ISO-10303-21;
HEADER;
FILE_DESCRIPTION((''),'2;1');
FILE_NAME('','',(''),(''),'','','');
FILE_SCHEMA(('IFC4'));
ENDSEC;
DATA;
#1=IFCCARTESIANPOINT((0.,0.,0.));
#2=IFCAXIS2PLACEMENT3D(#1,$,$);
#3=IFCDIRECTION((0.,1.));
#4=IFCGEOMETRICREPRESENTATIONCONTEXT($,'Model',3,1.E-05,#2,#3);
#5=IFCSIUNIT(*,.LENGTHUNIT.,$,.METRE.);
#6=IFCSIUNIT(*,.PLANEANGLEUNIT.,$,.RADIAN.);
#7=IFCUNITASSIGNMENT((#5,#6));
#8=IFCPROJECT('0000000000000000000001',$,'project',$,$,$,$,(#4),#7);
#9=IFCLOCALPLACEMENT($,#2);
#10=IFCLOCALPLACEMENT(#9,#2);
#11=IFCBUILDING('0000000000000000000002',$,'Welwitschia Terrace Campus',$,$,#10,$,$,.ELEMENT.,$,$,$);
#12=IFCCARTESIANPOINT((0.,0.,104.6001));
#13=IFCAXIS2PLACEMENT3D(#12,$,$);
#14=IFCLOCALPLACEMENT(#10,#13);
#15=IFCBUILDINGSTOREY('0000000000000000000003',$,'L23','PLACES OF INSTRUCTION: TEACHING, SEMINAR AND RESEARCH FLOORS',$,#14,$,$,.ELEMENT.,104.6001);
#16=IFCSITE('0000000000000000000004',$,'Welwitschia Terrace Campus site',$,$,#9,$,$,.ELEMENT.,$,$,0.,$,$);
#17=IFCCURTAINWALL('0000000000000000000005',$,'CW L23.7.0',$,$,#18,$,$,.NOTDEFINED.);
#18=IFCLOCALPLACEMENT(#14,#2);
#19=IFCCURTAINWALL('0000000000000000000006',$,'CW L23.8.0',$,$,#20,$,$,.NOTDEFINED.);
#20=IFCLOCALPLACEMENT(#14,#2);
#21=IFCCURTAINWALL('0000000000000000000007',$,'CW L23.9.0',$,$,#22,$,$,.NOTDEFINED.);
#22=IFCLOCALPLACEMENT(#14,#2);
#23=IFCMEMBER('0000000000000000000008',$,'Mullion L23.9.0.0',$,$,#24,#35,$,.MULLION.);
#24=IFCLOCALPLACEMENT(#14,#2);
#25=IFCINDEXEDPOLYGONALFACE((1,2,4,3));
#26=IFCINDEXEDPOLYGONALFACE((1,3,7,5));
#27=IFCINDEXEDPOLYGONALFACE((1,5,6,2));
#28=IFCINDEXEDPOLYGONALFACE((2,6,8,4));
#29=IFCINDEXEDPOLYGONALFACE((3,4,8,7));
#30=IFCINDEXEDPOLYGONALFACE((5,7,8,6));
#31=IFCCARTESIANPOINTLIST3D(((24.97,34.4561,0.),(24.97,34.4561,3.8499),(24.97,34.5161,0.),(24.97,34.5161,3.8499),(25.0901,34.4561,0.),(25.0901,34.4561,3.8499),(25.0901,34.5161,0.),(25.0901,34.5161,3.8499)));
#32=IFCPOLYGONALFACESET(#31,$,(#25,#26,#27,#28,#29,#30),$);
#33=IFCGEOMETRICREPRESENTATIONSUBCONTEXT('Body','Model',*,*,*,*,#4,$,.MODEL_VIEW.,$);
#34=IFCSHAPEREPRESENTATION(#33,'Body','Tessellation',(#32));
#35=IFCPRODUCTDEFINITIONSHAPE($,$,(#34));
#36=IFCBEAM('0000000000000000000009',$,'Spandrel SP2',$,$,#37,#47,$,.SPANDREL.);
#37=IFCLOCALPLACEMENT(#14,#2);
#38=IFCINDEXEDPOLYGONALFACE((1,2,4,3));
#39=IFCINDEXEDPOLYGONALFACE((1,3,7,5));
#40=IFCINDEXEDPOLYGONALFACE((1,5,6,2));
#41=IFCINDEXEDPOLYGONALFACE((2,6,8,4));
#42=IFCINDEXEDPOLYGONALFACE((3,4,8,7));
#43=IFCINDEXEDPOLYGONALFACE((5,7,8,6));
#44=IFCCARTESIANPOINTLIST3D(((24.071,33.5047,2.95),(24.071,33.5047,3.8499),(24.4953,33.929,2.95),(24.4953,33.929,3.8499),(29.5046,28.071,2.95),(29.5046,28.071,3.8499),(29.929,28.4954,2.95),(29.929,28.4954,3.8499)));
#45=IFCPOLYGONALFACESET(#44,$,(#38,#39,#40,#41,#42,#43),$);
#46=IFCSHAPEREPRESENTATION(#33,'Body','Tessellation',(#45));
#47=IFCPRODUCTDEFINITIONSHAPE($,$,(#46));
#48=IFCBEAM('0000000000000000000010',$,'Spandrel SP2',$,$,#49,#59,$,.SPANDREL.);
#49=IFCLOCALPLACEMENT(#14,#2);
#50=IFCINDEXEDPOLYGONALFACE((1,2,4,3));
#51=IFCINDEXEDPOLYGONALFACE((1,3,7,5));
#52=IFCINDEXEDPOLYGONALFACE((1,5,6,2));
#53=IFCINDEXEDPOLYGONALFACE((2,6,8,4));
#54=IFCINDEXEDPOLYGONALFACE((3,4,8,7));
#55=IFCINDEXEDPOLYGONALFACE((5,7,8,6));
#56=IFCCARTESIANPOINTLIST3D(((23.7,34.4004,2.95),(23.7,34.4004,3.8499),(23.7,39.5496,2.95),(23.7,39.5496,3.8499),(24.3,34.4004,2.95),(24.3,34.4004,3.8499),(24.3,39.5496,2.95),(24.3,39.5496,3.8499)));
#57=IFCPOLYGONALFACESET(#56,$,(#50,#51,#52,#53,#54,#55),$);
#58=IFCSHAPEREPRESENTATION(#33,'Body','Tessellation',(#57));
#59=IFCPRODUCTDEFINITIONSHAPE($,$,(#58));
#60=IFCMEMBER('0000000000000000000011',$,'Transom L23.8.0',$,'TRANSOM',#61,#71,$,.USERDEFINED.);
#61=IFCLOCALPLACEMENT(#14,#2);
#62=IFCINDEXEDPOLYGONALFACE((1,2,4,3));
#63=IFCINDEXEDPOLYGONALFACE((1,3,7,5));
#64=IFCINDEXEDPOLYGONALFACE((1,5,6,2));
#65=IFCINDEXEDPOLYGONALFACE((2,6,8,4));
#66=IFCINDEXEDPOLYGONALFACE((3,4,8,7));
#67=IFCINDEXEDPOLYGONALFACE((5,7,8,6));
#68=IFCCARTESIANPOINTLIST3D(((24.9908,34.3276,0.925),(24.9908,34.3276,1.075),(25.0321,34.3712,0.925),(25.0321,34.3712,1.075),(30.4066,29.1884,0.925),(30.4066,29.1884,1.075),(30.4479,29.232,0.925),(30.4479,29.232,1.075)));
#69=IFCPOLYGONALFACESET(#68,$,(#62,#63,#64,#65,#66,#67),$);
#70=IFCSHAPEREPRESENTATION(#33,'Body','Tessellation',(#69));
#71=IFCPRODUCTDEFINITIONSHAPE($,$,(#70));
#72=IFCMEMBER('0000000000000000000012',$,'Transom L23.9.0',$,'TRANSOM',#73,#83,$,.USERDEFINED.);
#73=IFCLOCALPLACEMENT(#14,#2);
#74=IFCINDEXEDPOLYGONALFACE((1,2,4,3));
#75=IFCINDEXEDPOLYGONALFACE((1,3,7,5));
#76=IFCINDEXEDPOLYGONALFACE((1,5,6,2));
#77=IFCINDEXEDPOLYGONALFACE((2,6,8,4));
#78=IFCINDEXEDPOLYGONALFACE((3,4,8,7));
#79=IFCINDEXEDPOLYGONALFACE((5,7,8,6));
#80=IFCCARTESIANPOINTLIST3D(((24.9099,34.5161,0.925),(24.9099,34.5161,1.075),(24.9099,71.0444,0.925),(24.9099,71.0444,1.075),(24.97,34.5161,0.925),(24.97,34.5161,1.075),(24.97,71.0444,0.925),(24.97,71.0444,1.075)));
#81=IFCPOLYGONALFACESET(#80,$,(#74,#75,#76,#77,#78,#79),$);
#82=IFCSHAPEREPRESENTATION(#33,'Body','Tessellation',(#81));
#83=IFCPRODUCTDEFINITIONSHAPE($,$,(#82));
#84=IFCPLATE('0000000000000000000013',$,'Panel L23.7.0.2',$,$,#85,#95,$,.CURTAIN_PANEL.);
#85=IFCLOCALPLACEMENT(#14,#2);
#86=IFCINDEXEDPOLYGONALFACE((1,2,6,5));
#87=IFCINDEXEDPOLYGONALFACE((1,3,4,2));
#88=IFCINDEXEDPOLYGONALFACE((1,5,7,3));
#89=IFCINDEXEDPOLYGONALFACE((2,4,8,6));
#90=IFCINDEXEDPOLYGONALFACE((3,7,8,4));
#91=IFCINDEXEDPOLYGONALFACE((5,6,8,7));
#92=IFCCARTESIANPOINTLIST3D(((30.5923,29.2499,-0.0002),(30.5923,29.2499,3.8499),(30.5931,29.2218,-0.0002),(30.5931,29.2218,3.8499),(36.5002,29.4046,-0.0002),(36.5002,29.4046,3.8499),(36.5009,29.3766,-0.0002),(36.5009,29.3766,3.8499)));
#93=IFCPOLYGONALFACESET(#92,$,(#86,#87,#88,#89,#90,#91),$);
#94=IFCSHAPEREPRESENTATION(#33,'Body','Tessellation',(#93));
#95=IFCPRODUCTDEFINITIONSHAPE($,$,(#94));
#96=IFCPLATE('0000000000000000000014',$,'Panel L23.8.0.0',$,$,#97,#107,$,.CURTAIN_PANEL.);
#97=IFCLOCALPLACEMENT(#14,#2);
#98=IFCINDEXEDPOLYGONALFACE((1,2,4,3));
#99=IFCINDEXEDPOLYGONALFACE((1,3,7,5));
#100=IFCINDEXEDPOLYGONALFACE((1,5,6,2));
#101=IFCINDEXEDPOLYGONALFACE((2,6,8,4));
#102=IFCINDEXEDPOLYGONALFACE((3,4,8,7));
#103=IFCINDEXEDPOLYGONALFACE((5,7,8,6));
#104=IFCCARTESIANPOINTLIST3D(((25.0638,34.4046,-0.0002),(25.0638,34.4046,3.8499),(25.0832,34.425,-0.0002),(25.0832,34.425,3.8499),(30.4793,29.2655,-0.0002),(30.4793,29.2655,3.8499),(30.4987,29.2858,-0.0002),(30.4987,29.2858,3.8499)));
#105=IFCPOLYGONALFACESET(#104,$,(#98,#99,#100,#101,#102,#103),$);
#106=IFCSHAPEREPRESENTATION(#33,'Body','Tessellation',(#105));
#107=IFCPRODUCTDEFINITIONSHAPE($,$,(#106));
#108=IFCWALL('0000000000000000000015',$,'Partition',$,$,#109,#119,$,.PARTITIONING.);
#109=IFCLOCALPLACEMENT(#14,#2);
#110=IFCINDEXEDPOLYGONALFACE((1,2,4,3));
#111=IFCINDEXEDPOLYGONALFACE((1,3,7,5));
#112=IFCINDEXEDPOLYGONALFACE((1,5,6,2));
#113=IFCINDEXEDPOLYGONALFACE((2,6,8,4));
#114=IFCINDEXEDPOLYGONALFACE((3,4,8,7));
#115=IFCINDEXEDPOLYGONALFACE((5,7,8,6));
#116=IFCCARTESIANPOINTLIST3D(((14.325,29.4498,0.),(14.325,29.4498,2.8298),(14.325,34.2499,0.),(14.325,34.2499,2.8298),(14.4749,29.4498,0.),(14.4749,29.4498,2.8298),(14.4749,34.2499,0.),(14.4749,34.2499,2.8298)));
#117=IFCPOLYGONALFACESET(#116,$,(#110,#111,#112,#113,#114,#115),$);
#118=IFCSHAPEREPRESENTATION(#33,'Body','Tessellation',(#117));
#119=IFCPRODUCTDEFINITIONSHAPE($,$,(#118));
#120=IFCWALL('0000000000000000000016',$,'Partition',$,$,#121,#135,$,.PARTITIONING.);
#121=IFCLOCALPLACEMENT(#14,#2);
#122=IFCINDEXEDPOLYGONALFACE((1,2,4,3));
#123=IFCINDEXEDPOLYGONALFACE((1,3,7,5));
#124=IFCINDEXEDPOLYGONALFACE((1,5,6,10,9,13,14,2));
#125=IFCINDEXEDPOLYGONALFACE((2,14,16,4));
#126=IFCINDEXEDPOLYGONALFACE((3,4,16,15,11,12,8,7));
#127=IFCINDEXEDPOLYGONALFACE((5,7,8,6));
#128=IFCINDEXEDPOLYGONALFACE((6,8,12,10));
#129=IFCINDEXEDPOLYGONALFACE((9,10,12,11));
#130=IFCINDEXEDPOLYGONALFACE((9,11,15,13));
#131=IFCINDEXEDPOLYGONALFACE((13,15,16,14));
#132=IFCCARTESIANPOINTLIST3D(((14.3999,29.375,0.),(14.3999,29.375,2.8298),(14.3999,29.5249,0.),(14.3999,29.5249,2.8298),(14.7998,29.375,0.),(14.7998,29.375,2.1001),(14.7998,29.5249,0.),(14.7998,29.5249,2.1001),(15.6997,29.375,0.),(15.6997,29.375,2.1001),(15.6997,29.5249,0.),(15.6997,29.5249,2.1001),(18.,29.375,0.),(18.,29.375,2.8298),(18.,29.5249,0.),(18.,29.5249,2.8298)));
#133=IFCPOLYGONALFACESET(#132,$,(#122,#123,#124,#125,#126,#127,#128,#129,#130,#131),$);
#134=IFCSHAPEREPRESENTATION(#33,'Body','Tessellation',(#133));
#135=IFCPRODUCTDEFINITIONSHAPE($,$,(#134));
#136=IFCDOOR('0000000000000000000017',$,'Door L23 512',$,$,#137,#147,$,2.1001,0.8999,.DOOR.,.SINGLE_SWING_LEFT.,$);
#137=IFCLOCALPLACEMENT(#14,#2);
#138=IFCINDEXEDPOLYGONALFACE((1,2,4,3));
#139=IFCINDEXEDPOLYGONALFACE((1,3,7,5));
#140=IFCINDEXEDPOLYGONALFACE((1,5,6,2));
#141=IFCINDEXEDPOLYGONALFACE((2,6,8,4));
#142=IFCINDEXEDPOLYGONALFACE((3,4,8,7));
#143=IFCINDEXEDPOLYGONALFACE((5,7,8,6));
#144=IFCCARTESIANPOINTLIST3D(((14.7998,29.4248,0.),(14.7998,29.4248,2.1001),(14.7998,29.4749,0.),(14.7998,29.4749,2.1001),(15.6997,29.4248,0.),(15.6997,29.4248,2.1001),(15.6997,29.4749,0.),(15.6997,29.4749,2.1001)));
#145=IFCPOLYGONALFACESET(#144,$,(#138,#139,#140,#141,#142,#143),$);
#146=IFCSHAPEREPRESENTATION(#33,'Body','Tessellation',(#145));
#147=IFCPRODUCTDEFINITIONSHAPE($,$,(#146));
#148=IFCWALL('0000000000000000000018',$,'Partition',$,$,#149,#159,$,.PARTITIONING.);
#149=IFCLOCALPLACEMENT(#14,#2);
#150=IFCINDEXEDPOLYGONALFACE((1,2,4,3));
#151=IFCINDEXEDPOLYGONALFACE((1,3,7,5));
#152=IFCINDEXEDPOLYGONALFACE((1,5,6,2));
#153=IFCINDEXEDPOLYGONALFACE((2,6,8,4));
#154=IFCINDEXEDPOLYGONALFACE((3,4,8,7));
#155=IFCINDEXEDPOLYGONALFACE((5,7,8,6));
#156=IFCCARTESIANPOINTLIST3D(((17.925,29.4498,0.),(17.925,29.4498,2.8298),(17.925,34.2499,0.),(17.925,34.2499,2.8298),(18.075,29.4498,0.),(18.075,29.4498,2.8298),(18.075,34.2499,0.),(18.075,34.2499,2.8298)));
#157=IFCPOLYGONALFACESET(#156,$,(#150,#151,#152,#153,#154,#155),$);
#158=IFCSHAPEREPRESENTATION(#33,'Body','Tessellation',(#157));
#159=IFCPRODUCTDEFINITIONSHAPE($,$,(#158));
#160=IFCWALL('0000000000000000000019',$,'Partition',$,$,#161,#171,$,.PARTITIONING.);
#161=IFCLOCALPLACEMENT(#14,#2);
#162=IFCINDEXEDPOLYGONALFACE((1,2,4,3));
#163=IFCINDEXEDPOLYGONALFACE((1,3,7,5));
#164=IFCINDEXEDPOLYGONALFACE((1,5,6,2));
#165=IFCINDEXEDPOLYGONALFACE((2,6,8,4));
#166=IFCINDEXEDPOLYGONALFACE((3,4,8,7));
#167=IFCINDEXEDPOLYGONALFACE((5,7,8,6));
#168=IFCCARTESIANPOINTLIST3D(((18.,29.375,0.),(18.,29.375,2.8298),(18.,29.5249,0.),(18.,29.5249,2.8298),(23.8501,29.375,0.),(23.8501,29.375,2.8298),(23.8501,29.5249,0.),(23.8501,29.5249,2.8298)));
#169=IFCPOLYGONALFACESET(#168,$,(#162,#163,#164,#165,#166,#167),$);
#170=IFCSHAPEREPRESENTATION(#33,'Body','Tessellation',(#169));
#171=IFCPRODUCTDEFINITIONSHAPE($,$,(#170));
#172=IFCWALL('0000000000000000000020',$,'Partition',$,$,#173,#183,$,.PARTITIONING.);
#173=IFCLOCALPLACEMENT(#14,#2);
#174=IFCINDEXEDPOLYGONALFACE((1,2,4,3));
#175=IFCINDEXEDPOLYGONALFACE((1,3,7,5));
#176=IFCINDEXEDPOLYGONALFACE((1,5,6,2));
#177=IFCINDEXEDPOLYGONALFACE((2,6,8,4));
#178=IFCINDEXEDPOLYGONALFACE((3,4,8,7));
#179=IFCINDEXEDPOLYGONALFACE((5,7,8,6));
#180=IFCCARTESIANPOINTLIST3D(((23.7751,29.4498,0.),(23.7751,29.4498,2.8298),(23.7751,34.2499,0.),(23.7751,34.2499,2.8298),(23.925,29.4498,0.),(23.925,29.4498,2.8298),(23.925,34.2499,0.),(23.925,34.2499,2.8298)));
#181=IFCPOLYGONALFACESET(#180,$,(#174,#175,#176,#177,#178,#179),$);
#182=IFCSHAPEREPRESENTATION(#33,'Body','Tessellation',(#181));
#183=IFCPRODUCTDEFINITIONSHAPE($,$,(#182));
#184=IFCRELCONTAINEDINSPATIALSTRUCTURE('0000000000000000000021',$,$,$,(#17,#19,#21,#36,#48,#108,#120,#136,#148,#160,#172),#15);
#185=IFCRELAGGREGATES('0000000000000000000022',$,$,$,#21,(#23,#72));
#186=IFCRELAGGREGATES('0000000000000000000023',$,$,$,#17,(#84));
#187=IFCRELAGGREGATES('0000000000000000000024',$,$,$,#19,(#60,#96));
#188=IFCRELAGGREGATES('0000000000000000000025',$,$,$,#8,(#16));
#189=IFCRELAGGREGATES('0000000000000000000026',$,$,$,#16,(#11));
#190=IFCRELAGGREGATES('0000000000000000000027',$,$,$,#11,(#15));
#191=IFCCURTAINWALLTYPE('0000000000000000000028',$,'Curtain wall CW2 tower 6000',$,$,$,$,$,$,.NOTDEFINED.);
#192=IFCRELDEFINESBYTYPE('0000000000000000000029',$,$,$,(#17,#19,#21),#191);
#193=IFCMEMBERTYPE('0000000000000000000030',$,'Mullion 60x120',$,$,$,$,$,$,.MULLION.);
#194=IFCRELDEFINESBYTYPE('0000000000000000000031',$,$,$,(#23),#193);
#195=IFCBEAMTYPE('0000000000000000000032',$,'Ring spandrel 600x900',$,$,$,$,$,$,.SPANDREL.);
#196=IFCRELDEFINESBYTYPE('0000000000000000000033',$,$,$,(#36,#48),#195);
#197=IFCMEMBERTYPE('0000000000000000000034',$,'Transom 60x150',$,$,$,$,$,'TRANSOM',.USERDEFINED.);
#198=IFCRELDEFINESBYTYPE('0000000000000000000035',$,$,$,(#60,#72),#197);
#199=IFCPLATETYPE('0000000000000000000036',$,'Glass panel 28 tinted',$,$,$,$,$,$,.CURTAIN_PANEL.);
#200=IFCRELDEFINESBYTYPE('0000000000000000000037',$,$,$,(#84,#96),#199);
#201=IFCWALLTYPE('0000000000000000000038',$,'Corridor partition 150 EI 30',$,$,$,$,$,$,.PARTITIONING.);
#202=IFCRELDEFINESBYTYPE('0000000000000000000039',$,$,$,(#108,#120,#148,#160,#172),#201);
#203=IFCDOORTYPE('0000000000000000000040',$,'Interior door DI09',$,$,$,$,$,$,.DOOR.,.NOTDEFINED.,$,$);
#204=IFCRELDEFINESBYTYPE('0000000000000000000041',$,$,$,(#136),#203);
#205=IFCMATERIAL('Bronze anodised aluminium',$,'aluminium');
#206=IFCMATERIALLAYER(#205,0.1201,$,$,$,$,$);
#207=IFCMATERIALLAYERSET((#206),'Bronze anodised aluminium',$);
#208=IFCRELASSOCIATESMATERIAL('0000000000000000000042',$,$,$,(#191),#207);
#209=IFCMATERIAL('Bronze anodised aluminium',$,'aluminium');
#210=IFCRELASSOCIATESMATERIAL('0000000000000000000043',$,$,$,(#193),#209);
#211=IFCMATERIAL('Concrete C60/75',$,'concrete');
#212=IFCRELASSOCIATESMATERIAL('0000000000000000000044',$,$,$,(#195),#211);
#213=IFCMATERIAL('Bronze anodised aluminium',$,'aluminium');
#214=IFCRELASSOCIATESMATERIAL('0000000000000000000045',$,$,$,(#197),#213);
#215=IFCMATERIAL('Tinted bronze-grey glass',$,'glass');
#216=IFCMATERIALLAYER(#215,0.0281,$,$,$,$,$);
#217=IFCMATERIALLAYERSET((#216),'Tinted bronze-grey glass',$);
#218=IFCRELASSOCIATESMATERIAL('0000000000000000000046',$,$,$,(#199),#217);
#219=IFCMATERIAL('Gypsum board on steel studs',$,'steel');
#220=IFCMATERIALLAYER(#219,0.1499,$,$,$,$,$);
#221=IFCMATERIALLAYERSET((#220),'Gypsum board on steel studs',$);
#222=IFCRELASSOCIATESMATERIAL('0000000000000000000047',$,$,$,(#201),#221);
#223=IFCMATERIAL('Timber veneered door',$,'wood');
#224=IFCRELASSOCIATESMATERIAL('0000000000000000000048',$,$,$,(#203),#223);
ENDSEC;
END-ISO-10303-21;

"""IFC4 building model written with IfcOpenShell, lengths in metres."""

from ifc_helpers import new_model, si_unit, direction, frame, frame_2d, origin, origin_2d, place, context, subcontext, project, spatial, rectangle, extrude, material, layer, layer_set, material_profile, profile_set, type_object, element, fill, aggregate, save


model = new_model("IFC4")

# Units and contexts
model_context = context("Model", 3, precision=1e-05, world=origin(), true_north=direction((0.0, 1.0)))
body_context = subcontext(model_context, "Body", "Model", "MODEL_VIEW")
ifc_project = project(units=[si_unit("LENGTHUNIT", "METRE"), si_unit("PLANEANGLEUNIT", "RADIAN")], contexts=[model_context])

# Site, building, storey
site_placement = place(None, origin())
site = spatial("IfcSite", under=ifc_project, at=site_placement, Name="Welwitschia Terrace Campus site", CompositionType="ELEMENT", RefElevation=0.0)
building_placement = place(site_placement, origin())
building = spatial("IfcBuilding", under=site, at=building_placement, Name="Welwitschia Terrace Campus", CompositionType="ELEMENT")
storey_placement = place(building_placement, frame((0.0, 0.0, 104.6001)))
storey = spatial("IfcBuildingStorey", under=building, at=storey_placement, Name="L23", Description="PLACES OF INSTRUCTION: TEACHING, SEMINAR AND RESEARCH FLOORS", CompositionType="ELEMENT", Elevation=104.6001)

# Curtain wall
ifc_material_1 = material(Name="Bronze anodised aluminium", Category="aluminium")
ifc_layer_1 = layer(ifc_material_1, 0.1201)
ifc_layer_set_1 = layer_set([ifc_layer_1], Name="Bronze anodised aluminium")
curtain_wall_type = type_object("IfcCurtainWallType", Name="Curtain wall CW2 tower 6000", PredefinedType="NOTDEFINED", material=ifc_layer_set_1)
curtain_wall_1_placement = place(storey_placement, origin())
curtain_wall_1 = element("IfcCurtainWall", 1, at=curtain_wall_1_placement, inside=storey, type_object=curtain_wall_type, Name="CW L23.7.0", PredefinedType="NOTDEFINED")
ifc_material_2 = material(Name="Bronze anodised aluminium", Category="aluminium")
ifc_material_profile_1 = material_profile(ifc_material_2, rectangle(XDim=0.1201, YDim=0.0601, at=origin_2d()))
ifc_profile_set_1 = profile_set([ifc_material_profile_1], Name="Bronze anodised aluminium")
member_type_1 = type_object("IfcMemberType", Name="Mullion 60x120", PredefinedType="MULLION", material=ifc_profile_set_1)

# Curtain wall
curtain_wall_2_placement = place(storey_placement, origin())
curtain_wall_2 = element("IfcCurtainWall", 2, at=curtain_wall_2_placement, inside=storey, type_object=curtain_wall_type, Name="CW L23.8.0", PredefinedType="NOTDEFINED")

# Curtain wall, member
curtain_wall_3_placement = place(storey_placement, origin())
curtain_wall_3 = element("IfcCurtainWall", 3, at=curtain_wall_3_placement, inside=storey, type_object=curtain_wall_type, Name="CW L23.9.0", PredefinedType="NOTDEFINED")
member_1_placement = place(storey_placement, frame((25.03, 34.4861, 0.0), z_axis=(0.0, 0.0, 1.0), x_axis=(-1.0, 0.0, 0.0)))
member_1 = element("IfcMember", 4, at=member_1_placement, type_object=member_type_1, Name="Mullion L23.9.0.0", PredefinedType="MULLION", context=body_context, shape_type="SweptSolid", body=[
    extrude(rectangle(XDim=0.1201, YDim=0.0601, at=origin_2d()), origin(), (0.0, 0.0, 1.0), 3.8499),
])

# Beams
ifc_material_3 = material(Name="Concrete C60/75", Category="concrete")
ifc_material_profile_2 = material_profile(ifc_material_3, rectangle(XDim=0.6001, YDim=0.8999, at=origin_2d()))
ifc_profile_set_2 = profile_set([ifc_material_profile_2], Name="Concrete C60/75")
beam_type_1 = type_object("IfcBeamType", Name="Ring spandrel 600x900", PredefinedType="SPANDREL", material=ifc_profile_set_2)
beam_1_placement = place(storey_placement, frame((29.7168, 28.2832, 3.3999), z_axis=(-0.707107, 0.707107, 0.0), x_axis=(-0.707107, -0.707107, 0.0)))
element("IfcBeam", 5, at=beam_1_placement, inside=storey, type_object=beam_type_1, Name="Spandrel SP2", PredefinedType="SPANDREL", context=body_context, shape_type="SweptSolid", body=[
    extrude(rectangle(XDim=0.6001, YDim=0.8999, at=origin_2d()), origin(), (0.0, 0.0, 1.0), 7.6843),
])
beam_2_placement = place(storey_placement, frame((24.0, 34.4004, 3.3999), z_axis=(0.0, 1.0, 0.0), x_axis=(-1.0, 0.0, 0.0)))
element("IfcBeam", 6, at=beam_2_placement, inside=storey, type_object=beam_type_1, Name="Spandrel SP2", PredefinedType="SPANDREL", context=body_context, shape_type="SweptSolid", body=[
    extrude(rectangle(XDim=0.6001, YDim=0.8999, at=origin_2d()), origin(), (0.0, 0.0, 1.0), 5.1492),
])

# Members
ifc_material_4 = material(Name="Bronze anodised aluminium", Category="aluminium")
ifc_material_profile_3 = material_profile(ifc_material_4, rectangle(XDim=0.0601, YDim=0.1499, at=origin_2d()))
ifc_profile_set_3 = profile_set([ifc_material_profile_3], Name="Bronze anodised aluminium")
member_type_2 = type_object("IfcMemberType", Name="Transom 60x150", ElementType="TRANSOM", PredefinedType="USERDEFINED", material=ifc_profile_set_3)
member_2_placement = place(storey_placement, frame((30.4272, 29.2102, 1.0), z_axis=(-0.725389, 0.688339, 0.0), x_axis=(-0.688339, -0.725389, 0.0)))
member_2 = element("IfcMember", 7, at=member_2_placement, type_object=member_type_2, Name="Transom L23.8.0", ObjectType="TRANSOM", PredefinedType="USERDEFINED", context=body_context, shape_type="SweptSolid", body=[
    extrude(rectangle(XDim=0.0601, YDim=0.1499, at=origin_2d()), origin(), (0.0, 0.0, 1.0), 7.4661),
])
member_3_placement = place(storey_placement, frame((24.9399, 34.5161, 1.0), z_axis=(0.0, 1.0, 0.0), x_axis=(-1.0, 0.0, 0.0)))
member_3 = element("IfcMember", 8, at=member_3_placement, type_object=member_type_2, Name="Transom L23.9.0", ObjectType="TRANSOM", PredefinedType="USERDEFINED", context=body_context, shape_type="SweptSolid", body=[
    extrude(rectangle(XDim=0.0601, YDim=0.1499, at=origin_2d()), origin(), (0.0, 0.0, 1.0), 36.5283),
])
aggregate(curtain_wall_3, [member_1, member_3])

# Plates
ifc_material_5 = material(Name="Tinted bronze-grey glass", Category="glass")
ifc_layer_2 = layer(ifc_material_5, 0.0281)
ifc_layer_set_2 = layer_set([ifc_layer_2], Name="Tinted bronze-grey glass")
plate_type = type_object("IfcPlateType", Name="Glass panel 28 tinted", PredefinedType="CURTAIN_PANEL", material=ifc_layer_set_2)
plate_1_placement = place(storey_placement, frame((33.5466, 29.3132, -0.0002), z_axis=(0.0, 0.0, 1.0), x_axis=(-0.999657, -0.026177, 0.0)))
plate_1 = element("IfcPlate", 9, at=plate_1_placement, type_object=plate_type, Name="Panel L23.7.0.2", PredefinedType="CURTAIN_PANEL", context=body_context, shape_type="SweptSolid", body=[
    extrude(rectangle(XDim=5.9099, YDim=0.0281, at=origin_2d()), origin(), (0.0, 0.0, 1.0), 3.8501),
])
aggregate(curtain_wall_1, [plate_1])
plate_2_placement = place(storey_placement, frame((27.7812, 31.8452, -0.0002), z_axis=(0.0, 0.0, 1.0), x_axis=(-0.725374, 0.688355, 0.0)))
plate_2 = element("IfcPlate", 10, at=plate_2_placement, type_object=plate_type, Name="Panel L23.8.0.0", PredefinedType="CURTAIN_PANEL", context=body_context, shape_type="SweptSolid", body=[
    extrude(rectangle(XDim=7.4658, YDim=0.0281, at=origin_2d()), origin(), (0.0, 0.0, 1.0), 3.8501),
])
aggregate(curtain_wall_2, [member_2, plate_2])

# Wall
ifc_material_6 = material(Name="Gypsum board on steel studs", Category="steel")
ifc_layer_3 = layer(ifc_material_6, 0.1499)
ifc_layer_set_3 = layer_set([ifc_layer_3], Name="Gypsum board on steel studs")
wall_type = type_object("IfcWallType", Name="Corridor partition 150 EI 30", PredefinedType="PARTITIONING", material=ifc_layer_set_3)
wall_1_placement = place(storey_placement, frame((14.3999, 29.45, 0.0), z_axis=(0.0, 0.0, 1.0), x_axis=(0.0, 1.0, 0.0)))
element("IfcWall", 11, at=wall_1_placement, inside=storey, type_object=wall_type, Name="Partition", PredefinedType="PARTITIONING", context=body_context, shape_type="SweptSolid", body=[
    extrude(rectangle(XDim=4.8, YDim=0.1499, at=frame_2d((2.3999, 0.0))), origin(), (0.0, 0.0, 1.0), 2.8298),
])

# Wall, opening, door
wall_2_placement = place(storey_placement, frame((14.3999, 29.45, 0.0), z_axis=(0.0, 0.0, 1.0), x_axis=(1.0, 0.0, 0.0)))
wall_2 = element("IfcWall", 12, at=wall_2_placement, inside=storey, type_object=wall_type, Name="Partition", PredefinedType="PARTITIONING", context=body_context, shape_type="SweptSolid", body=[
    extrude(rectangle(XDim=3.6001, YDim=0.1499, at=frame_2d((1.8, 0.0))), origin(), (0.0, 0.0, 1.0), 2.8298),
])
opening_1_placement = place(wall_2_placement, frame((0.3999, 0.0, 0.0)))
opening_1 = element("IfcOpeningElement", 13, at=opening_1_placement, cuts=wall_2, PredefinedType="OPENING", context=body_context, shape_type="SweptSolid", body=[
    extrude(rectangle(XDim=0.8999, YDim=2.1001, at=frame_2d((0.45, 1.05))), frame((0.0, 0.085, 0.0), z_axis=(0.0, -1.0, 0.0), x_axis=(1.0, 0.0, 0.0)), (0.0, 0.0, 1.0), 0.1699),
])
ifc_material_7 = material(Name="Timber veneered door", Category="wood")
door_type = type_object("IfcDoorType", Name="Interior door DI09", OperationType="NOTDEFINED", PredefinedType="DOOR", material=ifc_material_7)
door_1_placement = place(opening_1_placement, origin())
door_1 = element("IfcDoor", 14, at=door_1_placement, inside=storey, type_object=door_type, Name="Door L23 512", OperationType="SINGLE_SWING_LEFT", OverallHeight=2.1001, OverallWidth=0.8999, PredefinedType="DOOR", context=body_context, shape_type="SweptSolid", body=[
    extrude(rectangle(XDim=0.8999, YDim=2.1001, at=frame_2d((0.45, 1.05))), frame((0.0, 0.0249, 0.0), z_axis=(0.0, -1.0, 0.0), x_axis=(1.0, 0.0, 0.0)), (0.0, 0.0, 1.0), 0.05),
])
fill(opening_1, door_1)

# Walls
wall_3_placement = place(storey_placement, frame((18.0, 29.45, 0.0), z_axis=(0.0, 0.0, 1.0), x_axis=(0.0, 1.0, 0.0)))
element("IfcWall", 15, at=wall_3_placement, inside=storey, type_object=wall_type, Name="Partition", PredefinedType="PARTITIONING", context=body_context, shape_type="SweptSolid", body=[
    extrude(rectangle(XDim=4.8, YDim=0.1499, at=frame_2d((2.3999, 0.0))), origin(), (0.0, 0.0, 1.0), 2.8298),
])
wall_4_placement = place(storey_placement, frame((18.0, 29.45, 0.0), z_axis=(0.0, 0.0, 1.0), x_axis=(1.0, 0.0, 0.0)))
element("IfcWall", 16, at=wall_4_placement, inside=storey, type_object=wall_type, Name="Partition", PredefinedType="PARTITIONING", context=body_context, shape_type="SweptSolid", body=[
    extrude(rectangle(XDim=5.8501, YDim=0.1499, at=frame_2d((2.925, 0.0))), origin(), (0.0, 0.0, 1.0), 2.8298),
])
wall_5_placement = place(storey_placement, frame((23.8501, 29.45, 0.0), z_axis=(0.0, 0.0, 1.0), x_axis=(0.0, 1.0, 0.0)))
element("IfcWall", 17, at=wall_5_placement, inside=storey, type_object=wall_type, Name="Partition", PredefinedType="PARTITIONING", context=body_context, shape_type="SweptSolid", body=[
    extrude(rectangle(XDim=4.8, YDim=0.1499, at=frame_2d((2.3999, 0.0))), origin(), (0.0, 0.0, 1.0), 2.8298),
])

save(model, "model.ifc")
